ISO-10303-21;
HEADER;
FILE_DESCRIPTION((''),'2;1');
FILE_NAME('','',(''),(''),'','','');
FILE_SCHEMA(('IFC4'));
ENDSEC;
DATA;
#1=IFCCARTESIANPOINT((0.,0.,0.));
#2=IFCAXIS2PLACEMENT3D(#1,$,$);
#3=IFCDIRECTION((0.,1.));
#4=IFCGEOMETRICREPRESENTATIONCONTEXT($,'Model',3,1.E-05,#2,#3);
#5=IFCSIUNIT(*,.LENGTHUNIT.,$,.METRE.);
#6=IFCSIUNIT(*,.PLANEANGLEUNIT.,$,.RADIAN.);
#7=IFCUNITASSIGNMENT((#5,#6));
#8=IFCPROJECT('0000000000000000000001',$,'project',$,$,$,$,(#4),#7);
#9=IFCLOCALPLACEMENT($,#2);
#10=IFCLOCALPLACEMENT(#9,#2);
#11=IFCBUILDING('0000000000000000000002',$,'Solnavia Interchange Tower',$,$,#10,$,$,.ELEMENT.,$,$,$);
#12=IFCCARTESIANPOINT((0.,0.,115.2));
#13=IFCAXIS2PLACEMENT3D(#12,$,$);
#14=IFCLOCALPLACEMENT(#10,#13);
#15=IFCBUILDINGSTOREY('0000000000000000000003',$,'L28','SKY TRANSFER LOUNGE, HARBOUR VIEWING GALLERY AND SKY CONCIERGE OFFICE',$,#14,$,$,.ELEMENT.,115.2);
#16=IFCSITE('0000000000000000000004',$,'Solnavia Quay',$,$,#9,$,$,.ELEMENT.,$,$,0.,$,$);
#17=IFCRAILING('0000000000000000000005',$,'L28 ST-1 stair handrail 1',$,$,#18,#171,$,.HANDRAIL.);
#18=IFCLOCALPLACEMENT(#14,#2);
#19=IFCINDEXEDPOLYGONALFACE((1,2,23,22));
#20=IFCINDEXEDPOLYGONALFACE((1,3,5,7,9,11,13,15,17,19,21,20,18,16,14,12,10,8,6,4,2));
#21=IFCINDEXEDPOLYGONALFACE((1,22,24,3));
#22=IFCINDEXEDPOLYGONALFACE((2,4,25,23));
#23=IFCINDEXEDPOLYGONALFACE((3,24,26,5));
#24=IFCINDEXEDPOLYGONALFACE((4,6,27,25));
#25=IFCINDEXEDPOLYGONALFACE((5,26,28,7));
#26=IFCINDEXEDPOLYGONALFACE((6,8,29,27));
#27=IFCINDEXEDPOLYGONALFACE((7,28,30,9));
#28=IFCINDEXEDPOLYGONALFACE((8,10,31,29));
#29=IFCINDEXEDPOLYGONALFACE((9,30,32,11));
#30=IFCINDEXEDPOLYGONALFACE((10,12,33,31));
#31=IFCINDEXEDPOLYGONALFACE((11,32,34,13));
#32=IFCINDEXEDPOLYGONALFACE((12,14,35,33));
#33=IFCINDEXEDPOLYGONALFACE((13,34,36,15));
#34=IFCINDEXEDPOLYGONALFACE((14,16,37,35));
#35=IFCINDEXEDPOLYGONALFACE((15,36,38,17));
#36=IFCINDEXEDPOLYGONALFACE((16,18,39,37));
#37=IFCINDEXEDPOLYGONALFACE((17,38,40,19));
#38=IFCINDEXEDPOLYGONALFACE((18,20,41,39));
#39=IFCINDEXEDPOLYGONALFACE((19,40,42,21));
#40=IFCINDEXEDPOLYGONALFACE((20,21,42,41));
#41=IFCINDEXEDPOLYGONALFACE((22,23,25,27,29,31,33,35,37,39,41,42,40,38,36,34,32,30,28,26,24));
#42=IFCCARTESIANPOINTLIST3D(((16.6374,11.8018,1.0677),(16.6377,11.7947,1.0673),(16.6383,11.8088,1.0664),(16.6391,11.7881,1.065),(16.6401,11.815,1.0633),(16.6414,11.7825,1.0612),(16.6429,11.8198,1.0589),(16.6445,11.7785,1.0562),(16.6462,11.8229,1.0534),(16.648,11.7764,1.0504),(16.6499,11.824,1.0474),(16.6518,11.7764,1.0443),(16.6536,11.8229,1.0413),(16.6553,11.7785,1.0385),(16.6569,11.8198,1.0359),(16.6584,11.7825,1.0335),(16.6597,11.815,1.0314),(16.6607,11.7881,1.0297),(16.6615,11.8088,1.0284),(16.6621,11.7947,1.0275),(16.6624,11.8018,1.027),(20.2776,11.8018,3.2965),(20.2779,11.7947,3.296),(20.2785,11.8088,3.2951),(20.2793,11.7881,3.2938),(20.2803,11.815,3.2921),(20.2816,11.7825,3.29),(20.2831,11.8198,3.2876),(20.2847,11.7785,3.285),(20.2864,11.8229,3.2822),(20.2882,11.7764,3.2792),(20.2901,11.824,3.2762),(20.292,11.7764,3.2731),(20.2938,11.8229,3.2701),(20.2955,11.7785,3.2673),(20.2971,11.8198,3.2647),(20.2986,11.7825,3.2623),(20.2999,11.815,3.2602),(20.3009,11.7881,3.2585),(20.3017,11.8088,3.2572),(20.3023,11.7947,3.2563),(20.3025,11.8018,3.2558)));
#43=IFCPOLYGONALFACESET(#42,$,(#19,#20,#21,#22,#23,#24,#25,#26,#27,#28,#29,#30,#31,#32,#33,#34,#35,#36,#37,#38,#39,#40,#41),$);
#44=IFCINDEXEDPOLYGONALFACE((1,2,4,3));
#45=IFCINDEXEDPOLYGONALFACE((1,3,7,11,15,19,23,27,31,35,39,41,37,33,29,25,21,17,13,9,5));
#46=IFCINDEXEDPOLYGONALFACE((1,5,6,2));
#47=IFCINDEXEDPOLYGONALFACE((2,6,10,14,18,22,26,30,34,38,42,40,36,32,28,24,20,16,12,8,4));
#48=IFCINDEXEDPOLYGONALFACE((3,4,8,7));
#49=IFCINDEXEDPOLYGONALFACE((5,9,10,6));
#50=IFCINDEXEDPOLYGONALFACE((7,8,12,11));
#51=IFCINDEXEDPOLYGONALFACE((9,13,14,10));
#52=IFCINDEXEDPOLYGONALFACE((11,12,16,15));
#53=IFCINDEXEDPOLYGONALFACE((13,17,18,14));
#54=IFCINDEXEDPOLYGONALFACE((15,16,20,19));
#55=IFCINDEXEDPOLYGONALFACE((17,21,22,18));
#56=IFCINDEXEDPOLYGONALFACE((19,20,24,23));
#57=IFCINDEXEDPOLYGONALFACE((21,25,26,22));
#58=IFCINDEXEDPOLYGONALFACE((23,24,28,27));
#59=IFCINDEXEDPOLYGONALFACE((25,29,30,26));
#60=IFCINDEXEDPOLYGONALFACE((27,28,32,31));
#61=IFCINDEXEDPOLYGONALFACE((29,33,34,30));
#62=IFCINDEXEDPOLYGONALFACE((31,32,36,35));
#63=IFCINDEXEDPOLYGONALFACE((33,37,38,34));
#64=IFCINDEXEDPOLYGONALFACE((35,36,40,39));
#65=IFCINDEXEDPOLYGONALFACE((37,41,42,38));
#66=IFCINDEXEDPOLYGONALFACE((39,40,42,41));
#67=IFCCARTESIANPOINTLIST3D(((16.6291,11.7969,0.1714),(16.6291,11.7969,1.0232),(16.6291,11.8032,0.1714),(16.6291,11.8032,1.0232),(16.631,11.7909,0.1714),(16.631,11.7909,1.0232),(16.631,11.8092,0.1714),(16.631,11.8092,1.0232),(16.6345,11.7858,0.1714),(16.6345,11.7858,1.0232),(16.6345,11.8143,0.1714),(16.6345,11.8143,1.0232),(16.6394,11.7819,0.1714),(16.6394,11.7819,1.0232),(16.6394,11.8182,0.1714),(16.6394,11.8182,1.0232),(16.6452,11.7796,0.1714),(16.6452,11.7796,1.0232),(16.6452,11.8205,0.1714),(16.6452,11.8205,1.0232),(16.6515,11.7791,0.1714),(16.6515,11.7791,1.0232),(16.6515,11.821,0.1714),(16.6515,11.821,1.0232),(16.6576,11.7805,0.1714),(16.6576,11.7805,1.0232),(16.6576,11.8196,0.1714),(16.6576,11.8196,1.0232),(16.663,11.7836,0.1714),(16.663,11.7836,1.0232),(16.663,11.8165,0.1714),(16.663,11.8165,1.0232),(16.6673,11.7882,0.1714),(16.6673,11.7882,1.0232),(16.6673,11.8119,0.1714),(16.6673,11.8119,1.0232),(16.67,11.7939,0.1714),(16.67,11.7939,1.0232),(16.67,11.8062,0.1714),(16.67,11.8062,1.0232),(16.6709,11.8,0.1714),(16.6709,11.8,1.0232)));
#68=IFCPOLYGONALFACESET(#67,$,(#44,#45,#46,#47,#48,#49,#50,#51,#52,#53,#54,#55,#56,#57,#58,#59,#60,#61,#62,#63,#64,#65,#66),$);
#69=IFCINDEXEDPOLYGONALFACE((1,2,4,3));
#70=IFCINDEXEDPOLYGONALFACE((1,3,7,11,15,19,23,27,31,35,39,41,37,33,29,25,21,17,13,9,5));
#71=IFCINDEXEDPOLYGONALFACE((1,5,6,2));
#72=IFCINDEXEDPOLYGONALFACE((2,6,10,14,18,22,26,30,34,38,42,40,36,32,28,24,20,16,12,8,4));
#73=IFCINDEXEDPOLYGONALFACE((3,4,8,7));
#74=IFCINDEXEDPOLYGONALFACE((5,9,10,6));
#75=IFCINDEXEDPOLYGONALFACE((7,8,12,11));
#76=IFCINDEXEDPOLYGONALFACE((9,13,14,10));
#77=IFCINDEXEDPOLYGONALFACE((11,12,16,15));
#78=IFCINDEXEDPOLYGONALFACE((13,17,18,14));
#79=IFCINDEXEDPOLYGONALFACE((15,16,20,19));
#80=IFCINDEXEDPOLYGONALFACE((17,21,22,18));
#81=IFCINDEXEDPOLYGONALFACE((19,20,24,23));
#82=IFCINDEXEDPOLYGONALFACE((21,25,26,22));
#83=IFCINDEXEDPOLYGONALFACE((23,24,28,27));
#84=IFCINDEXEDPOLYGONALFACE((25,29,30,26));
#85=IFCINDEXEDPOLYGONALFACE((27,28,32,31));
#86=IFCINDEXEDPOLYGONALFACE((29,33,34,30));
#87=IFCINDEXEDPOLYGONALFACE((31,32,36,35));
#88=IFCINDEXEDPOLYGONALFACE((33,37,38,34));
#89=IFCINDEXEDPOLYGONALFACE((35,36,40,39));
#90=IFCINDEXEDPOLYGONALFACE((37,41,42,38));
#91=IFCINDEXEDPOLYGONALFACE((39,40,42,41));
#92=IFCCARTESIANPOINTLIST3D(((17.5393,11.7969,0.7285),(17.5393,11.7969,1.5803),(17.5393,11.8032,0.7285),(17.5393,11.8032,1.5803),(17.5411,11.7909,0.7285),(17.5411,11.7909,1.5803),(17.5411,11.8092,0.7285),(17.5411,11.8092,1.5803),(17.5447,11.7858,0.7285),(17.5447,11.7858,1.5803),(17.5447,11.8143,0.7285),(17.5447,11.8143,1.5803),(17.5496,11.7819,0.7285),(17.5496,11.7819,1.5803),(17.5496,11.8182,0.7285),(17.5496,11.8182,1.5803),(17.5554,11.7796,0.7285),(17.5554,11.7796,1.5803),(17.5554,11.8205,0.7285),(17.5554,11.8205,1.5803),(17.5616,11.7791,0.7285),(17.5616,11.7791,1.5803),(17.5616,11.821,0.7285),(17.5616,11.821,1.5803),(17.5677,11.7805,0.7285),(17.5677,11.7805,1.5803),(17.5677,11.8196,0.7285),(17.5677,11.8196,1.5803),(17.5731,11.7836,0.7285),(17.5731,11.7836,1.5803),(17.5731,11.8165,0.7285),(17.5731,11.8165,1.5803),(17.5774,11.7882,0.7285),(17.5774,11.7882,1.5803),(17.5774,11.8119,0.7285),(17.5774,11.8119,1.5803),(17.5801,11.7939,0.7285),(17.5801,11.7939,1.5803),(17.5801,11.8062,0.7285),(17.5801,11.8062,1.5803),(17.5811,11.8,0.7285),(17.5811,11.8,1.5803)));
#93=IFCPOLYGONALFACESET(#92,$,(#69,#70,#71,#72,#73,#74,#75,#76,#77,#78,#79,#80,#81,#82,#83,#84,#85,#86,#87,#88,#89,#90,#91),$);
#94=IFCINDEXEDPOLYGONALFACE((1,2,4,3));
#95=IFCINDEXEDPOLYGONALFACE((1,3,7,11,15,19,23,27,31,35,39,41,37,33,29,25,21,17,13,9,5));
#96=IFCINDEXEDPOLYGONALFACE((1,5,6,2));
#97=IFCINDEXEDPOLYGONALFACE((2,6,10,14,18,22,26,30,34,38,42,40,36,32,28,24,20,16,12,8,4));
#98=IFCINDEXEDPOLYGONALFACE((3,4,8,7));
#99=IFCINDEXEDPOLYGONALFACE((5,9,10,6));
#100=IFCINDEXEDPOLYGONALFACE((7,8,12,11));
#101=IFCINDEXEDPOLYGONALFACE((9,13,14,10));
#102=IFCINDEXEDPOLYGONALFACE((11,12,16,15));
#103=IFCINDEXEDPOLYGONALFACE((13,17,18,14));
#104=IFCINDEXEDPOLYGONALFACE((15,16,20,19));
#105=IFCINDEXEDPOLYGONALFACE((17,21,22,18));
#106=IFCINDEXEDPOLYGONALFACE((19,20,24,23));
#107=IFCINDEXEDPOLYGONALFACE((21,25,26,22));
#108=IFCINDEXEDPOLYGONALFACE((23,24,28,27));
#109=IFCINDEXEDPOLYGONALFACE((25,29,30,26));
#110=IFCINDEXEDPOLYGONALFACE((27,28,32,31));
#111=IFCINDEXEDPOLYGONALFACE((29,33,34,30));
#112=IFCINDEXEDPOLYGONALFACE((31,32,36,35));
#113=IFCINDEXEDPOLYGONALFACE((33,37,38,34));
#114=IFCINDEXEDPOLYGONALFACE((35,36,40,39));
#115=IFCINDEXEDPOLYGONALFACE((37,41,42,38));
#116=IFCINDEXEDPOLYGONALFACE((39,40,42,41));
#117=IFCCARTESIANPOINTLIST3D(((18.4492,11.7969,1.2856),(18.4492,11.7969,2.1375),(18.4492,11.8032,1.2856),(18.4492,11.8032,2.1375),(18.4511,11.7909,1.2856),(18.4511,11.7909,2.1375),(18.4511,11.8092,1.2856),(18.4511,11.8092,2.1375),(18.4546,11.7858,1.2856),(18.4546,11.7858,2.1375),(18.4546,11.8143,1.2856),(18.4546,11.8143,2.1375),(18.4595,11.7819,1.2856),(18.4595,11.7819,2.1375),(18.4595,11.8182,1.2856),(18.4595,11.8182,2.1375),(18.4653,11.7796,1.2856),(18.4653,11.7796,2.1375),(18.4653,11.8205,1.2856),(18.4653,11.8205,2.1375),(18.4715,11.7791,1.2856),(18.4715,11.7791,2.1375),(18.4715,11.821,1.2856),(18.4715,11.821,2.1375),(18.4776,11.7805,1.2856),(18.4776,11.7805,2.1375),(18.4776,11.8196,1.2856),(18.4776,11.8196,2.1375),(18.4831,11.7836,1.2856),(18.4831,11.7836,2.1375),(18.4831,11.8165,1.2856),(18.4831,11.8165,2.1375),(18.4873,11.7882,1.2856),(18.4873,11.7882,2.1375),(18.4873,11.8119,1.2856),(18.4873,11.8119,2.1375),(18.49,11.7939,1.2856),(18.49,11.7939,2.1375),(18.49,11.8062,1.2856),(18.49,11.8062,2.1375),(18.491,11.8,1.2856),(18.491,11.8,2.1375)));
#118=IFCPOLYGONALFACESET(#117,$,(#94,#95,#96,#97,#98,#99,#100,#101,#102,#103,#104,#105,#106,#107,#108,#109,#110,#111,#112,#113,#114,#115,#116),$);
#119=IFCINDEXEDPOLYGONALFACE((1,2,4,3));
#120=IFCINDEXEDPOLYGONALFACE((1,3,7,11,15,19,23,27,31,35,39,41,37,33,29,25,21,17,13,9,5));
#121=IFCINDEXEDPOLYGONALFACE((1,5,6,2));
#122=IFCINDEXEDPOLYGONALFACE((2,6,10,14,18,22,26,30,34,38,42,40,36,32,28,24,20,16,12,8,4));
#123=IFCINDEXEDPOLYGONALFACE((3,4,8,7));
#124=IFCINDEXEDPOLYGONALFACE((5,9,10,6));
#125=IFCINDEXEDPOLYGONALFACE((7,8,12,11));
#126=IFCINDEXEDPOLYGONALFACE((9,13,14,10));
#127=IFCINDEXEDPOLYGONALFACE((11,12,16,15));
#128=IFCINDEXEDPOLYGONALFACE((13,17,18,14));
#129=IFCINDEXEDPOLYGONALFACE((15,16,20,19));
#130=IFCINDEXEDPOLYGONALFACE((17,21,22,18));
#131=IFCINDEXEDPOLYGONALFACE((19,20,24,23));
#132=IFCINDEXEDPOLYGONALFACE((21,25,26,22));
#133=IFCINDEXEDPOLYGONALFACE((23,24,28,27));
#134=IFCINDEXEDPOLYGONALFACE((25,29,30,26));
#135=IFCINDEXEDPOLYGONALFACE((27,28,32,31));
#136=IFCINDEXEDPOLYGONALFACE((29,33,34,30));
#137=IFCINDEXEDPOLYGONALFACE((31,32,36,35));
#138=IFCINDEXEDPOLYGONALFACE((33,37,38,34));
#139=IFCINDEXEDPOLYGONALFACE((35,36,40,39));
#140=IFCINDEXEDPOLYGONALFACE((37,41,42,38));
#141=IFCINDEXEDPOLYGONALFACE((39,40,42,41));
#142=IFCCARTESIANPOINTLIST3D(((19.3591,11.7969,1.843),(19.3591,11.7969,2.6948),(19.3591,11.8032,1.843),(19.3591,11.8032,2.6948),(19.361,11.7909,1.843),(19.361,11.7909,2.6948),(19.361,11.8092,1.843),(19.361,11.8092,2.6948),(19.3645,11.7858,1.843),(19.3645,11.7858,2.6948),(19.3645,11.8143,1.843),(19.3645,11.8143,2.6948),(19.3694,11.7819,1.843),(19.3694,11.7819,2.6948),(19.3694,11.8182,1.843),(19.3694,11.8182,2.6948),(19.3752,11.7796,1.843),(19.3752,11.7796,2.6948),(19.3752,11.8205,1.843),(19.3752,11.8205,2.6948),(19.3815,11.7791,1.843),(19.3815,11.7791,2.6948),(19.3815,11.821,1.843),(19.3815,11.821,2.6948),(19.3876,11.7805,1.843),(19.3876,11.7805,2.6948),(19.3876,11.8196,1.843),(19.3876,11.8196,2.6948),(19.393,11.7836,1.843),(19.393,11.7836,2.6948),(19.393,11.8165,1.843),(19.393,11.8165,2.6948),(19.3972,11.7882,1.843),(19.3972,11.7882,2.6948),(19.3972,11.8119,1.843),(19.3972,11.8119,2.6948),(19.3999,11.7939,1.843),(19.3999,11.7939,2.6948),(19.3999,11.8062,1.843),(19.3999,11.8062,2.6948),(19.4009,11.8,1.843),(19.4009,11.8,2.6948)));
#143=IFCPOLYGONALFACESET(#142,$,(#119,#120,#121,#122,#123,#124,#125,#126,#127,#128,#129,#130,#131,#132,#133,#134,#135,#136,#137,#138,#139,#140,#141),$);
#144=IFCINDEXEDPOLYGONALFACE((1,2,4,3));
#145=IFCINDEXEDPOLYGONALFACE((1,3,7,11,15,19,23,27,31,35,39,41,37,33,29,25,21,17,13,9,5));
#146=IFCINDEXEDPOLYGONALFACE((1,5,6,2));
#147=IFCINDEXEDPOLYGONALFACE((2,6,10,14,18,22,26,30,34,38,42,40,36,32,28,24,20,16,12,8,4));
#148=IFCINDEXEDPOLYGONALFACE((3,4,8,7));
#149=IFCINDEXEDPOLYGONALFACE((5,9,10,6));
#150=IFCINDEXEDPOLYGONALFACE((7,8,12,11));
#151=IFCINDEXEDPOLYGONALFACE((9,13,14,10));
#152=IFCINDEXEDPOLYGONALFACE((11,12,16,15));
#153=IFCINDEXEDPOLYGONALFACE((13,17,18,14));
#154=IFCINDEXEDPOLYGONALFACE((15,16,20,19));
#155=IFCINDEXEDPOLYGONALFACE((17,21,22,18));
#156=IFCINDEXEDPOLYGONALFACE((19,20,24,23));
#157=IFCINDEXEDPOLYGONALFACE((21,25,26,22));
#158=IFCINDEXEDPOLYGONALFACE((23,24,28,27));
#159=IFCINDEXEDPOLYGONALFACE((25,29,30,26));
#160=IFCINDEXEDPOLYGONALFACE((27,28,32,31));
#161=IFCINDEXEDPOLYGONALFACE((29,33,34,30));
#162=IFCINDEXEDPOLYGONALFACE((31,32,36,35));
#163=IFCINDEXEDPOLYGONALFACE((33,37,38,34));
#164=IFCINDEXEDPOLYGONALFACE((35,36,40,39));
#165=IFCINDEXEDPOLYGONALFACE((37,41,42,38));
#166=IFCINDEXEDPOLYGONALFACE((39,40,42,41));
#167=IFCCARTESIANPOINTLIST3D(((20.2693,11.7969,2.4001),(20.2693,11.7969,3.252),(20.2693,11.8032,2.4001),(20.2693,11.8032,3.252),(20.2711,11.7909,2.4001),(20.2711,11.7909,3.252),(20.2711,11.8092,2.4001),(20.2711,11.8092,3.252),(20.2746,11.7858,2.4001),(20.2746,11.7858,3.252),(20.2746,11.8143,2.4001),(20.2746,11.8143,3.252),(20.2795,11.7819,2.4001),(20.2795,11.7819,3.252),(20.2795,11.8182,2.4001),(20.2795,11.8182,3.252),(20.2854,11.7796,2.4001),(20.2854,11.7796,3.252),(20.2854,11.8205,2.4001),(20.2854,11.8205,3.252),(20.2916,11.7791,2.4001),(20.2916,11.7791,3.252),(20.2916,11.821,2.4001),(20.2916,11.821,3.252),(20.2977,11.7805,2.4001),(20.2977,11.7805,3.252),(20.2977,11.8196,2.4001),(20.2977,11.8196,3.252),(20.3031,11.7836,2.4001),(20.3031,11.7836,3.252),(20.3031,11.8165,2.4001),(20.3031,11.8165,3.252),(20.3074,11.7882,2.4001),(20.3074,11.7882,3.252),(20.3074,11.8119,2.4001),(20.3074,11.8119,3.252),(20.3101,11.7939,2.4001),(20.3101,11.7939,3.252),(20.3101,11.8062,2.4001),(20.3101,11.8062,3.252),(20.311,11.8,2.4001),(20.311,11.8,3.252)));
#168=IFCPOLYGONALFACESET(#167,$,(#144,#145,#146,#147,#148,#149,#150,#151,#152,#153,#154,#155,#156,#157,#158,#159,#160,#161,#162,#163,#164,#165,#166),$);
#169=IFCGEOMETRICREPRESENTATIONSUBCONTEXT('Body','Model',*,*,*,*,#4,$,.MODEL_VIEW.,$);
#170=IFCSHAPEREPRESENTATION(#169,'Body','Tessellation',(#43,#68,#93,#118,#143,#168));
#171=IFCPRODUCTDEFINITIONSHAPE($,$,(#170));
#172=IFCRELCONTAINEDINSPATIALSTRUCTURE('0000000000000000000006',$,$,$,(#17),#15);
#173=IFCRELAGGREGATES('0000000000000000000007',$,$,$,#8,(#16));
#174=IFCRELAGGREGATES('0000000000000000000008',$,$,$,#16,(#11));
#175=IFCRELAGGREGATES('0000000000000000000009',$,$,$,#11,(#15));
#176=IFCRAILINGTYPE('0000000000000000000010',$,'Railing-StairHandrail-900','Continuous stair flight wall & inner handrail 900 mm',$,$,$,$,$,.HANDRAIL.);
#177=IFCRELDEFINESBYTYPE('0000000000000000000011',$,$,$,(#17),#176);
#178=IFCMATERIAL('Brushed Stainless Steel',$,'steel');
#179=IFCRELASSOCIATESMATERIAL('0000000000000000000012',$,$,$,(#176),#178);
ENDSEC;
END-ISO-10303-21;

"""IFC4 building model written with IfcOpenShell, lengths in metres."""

from ifc_helpers import new_model, si_unit, direction, frame, origin, origin_2d, place, context, subcontext, project, spatial, circle, extrude, material, type_object, element, save


model = new_model("IFC4")

# Units and contexts
model_context = context("Model", 3, precision=1e-05, world=origin(), true_north=direction((0.0, 1.0)))
body_context = subcontext(model_context, "Body", "Model", "MODEL_VIEW")
ifc_project = project(units=[si_unit("LENGTHUNIT", "METRE"), si_unit("PLANEANGLEUNIT", "RADIAN")], contexts=[model_context])

# Site, building, storey
site_placement = place(None, origin())
site = spatial("IfcSite", under=ifc_project, at=site_placement, Name="Solnavia Quay", CompositionType="ELEMENT", RefElevation=0.0)
building_placement = place(site_placement, origin())
building = spatial("IfcBuilding", under=site, at=building_placement, Name="Solnavia Interchange Tower", CompositionType="ELEMENT")
storey_placement = place(building_placement, frame((0.0, 0.0, 115.2)))
storey = spatial("IfcBuildingStorey", under=building, at=storey_placement, Name="L28", Description="SKY TRANSFER LOUNGE, HARBOUR VIEWING GALLERY AND SKY CONCIERGE OFFICE", CompositionType="ELEMENT", Elevation=115.2)

# Railing
ifc_material_1 = material(Name="Brushed Stainless Steel", Category="steel")
railing_type = type_object("IfcRailingType", Name="Railing-StairHandrail-900", Description="Continuous stair flight wall & inner handrail 900 mm", PredefinedType="HANDRAIL", material=ifc_material_1)
railing_placement = place(storey_placement, frame((16.6499, 11.8, 0.1714)))
element("IfcRailing", 1, at=railing_placement, inside=storey, type_object=railing_type, Name="L28 ST-1 stair handrail 1", PredefinedType="HANDRAIL", context=body_context, shape_type="SweptSolid", body=[
    extrude(circle(Radius=0.0239, at=origin_2d()), frame((0.0, 0.0, 0.876), z_axis=(0.85284, 0.0, 0.522172), x_axis=(0.0, 1.0, 0.0)), (0.0, 0.0, 1.0), 4.2683),
    extrude(circle(Radius=0.021, at=origin_2d()), origin(), (0.0, 0.0, 1.0), 0.8518),
    extrude(circle(Radius=0.021, at=origin_2d()), frame((0.9102, 0.0, 0.5571)), (0.0, 0.0, 1.0), 0.8518),
    extrude(circle(Radius=0.021, at=origin_2d()), frame((1.8201, 0.0, 1.1143)), (0.0, 0.0, 1.0), 0.8518),
    extrude(circle(Radius=0.021, at=origin_2d()), frame((2.73, 0.0, 1.6716)), (0.0, 0.0, 1.0), 0.8518),
    extrude(circle(Radius=0.021, at=origin_2d()), frame((3.6401, 0.0, 2.2288)), (0.0, 0.0, 1.0), 0.8518),
])

save(model, "model.ifc")
